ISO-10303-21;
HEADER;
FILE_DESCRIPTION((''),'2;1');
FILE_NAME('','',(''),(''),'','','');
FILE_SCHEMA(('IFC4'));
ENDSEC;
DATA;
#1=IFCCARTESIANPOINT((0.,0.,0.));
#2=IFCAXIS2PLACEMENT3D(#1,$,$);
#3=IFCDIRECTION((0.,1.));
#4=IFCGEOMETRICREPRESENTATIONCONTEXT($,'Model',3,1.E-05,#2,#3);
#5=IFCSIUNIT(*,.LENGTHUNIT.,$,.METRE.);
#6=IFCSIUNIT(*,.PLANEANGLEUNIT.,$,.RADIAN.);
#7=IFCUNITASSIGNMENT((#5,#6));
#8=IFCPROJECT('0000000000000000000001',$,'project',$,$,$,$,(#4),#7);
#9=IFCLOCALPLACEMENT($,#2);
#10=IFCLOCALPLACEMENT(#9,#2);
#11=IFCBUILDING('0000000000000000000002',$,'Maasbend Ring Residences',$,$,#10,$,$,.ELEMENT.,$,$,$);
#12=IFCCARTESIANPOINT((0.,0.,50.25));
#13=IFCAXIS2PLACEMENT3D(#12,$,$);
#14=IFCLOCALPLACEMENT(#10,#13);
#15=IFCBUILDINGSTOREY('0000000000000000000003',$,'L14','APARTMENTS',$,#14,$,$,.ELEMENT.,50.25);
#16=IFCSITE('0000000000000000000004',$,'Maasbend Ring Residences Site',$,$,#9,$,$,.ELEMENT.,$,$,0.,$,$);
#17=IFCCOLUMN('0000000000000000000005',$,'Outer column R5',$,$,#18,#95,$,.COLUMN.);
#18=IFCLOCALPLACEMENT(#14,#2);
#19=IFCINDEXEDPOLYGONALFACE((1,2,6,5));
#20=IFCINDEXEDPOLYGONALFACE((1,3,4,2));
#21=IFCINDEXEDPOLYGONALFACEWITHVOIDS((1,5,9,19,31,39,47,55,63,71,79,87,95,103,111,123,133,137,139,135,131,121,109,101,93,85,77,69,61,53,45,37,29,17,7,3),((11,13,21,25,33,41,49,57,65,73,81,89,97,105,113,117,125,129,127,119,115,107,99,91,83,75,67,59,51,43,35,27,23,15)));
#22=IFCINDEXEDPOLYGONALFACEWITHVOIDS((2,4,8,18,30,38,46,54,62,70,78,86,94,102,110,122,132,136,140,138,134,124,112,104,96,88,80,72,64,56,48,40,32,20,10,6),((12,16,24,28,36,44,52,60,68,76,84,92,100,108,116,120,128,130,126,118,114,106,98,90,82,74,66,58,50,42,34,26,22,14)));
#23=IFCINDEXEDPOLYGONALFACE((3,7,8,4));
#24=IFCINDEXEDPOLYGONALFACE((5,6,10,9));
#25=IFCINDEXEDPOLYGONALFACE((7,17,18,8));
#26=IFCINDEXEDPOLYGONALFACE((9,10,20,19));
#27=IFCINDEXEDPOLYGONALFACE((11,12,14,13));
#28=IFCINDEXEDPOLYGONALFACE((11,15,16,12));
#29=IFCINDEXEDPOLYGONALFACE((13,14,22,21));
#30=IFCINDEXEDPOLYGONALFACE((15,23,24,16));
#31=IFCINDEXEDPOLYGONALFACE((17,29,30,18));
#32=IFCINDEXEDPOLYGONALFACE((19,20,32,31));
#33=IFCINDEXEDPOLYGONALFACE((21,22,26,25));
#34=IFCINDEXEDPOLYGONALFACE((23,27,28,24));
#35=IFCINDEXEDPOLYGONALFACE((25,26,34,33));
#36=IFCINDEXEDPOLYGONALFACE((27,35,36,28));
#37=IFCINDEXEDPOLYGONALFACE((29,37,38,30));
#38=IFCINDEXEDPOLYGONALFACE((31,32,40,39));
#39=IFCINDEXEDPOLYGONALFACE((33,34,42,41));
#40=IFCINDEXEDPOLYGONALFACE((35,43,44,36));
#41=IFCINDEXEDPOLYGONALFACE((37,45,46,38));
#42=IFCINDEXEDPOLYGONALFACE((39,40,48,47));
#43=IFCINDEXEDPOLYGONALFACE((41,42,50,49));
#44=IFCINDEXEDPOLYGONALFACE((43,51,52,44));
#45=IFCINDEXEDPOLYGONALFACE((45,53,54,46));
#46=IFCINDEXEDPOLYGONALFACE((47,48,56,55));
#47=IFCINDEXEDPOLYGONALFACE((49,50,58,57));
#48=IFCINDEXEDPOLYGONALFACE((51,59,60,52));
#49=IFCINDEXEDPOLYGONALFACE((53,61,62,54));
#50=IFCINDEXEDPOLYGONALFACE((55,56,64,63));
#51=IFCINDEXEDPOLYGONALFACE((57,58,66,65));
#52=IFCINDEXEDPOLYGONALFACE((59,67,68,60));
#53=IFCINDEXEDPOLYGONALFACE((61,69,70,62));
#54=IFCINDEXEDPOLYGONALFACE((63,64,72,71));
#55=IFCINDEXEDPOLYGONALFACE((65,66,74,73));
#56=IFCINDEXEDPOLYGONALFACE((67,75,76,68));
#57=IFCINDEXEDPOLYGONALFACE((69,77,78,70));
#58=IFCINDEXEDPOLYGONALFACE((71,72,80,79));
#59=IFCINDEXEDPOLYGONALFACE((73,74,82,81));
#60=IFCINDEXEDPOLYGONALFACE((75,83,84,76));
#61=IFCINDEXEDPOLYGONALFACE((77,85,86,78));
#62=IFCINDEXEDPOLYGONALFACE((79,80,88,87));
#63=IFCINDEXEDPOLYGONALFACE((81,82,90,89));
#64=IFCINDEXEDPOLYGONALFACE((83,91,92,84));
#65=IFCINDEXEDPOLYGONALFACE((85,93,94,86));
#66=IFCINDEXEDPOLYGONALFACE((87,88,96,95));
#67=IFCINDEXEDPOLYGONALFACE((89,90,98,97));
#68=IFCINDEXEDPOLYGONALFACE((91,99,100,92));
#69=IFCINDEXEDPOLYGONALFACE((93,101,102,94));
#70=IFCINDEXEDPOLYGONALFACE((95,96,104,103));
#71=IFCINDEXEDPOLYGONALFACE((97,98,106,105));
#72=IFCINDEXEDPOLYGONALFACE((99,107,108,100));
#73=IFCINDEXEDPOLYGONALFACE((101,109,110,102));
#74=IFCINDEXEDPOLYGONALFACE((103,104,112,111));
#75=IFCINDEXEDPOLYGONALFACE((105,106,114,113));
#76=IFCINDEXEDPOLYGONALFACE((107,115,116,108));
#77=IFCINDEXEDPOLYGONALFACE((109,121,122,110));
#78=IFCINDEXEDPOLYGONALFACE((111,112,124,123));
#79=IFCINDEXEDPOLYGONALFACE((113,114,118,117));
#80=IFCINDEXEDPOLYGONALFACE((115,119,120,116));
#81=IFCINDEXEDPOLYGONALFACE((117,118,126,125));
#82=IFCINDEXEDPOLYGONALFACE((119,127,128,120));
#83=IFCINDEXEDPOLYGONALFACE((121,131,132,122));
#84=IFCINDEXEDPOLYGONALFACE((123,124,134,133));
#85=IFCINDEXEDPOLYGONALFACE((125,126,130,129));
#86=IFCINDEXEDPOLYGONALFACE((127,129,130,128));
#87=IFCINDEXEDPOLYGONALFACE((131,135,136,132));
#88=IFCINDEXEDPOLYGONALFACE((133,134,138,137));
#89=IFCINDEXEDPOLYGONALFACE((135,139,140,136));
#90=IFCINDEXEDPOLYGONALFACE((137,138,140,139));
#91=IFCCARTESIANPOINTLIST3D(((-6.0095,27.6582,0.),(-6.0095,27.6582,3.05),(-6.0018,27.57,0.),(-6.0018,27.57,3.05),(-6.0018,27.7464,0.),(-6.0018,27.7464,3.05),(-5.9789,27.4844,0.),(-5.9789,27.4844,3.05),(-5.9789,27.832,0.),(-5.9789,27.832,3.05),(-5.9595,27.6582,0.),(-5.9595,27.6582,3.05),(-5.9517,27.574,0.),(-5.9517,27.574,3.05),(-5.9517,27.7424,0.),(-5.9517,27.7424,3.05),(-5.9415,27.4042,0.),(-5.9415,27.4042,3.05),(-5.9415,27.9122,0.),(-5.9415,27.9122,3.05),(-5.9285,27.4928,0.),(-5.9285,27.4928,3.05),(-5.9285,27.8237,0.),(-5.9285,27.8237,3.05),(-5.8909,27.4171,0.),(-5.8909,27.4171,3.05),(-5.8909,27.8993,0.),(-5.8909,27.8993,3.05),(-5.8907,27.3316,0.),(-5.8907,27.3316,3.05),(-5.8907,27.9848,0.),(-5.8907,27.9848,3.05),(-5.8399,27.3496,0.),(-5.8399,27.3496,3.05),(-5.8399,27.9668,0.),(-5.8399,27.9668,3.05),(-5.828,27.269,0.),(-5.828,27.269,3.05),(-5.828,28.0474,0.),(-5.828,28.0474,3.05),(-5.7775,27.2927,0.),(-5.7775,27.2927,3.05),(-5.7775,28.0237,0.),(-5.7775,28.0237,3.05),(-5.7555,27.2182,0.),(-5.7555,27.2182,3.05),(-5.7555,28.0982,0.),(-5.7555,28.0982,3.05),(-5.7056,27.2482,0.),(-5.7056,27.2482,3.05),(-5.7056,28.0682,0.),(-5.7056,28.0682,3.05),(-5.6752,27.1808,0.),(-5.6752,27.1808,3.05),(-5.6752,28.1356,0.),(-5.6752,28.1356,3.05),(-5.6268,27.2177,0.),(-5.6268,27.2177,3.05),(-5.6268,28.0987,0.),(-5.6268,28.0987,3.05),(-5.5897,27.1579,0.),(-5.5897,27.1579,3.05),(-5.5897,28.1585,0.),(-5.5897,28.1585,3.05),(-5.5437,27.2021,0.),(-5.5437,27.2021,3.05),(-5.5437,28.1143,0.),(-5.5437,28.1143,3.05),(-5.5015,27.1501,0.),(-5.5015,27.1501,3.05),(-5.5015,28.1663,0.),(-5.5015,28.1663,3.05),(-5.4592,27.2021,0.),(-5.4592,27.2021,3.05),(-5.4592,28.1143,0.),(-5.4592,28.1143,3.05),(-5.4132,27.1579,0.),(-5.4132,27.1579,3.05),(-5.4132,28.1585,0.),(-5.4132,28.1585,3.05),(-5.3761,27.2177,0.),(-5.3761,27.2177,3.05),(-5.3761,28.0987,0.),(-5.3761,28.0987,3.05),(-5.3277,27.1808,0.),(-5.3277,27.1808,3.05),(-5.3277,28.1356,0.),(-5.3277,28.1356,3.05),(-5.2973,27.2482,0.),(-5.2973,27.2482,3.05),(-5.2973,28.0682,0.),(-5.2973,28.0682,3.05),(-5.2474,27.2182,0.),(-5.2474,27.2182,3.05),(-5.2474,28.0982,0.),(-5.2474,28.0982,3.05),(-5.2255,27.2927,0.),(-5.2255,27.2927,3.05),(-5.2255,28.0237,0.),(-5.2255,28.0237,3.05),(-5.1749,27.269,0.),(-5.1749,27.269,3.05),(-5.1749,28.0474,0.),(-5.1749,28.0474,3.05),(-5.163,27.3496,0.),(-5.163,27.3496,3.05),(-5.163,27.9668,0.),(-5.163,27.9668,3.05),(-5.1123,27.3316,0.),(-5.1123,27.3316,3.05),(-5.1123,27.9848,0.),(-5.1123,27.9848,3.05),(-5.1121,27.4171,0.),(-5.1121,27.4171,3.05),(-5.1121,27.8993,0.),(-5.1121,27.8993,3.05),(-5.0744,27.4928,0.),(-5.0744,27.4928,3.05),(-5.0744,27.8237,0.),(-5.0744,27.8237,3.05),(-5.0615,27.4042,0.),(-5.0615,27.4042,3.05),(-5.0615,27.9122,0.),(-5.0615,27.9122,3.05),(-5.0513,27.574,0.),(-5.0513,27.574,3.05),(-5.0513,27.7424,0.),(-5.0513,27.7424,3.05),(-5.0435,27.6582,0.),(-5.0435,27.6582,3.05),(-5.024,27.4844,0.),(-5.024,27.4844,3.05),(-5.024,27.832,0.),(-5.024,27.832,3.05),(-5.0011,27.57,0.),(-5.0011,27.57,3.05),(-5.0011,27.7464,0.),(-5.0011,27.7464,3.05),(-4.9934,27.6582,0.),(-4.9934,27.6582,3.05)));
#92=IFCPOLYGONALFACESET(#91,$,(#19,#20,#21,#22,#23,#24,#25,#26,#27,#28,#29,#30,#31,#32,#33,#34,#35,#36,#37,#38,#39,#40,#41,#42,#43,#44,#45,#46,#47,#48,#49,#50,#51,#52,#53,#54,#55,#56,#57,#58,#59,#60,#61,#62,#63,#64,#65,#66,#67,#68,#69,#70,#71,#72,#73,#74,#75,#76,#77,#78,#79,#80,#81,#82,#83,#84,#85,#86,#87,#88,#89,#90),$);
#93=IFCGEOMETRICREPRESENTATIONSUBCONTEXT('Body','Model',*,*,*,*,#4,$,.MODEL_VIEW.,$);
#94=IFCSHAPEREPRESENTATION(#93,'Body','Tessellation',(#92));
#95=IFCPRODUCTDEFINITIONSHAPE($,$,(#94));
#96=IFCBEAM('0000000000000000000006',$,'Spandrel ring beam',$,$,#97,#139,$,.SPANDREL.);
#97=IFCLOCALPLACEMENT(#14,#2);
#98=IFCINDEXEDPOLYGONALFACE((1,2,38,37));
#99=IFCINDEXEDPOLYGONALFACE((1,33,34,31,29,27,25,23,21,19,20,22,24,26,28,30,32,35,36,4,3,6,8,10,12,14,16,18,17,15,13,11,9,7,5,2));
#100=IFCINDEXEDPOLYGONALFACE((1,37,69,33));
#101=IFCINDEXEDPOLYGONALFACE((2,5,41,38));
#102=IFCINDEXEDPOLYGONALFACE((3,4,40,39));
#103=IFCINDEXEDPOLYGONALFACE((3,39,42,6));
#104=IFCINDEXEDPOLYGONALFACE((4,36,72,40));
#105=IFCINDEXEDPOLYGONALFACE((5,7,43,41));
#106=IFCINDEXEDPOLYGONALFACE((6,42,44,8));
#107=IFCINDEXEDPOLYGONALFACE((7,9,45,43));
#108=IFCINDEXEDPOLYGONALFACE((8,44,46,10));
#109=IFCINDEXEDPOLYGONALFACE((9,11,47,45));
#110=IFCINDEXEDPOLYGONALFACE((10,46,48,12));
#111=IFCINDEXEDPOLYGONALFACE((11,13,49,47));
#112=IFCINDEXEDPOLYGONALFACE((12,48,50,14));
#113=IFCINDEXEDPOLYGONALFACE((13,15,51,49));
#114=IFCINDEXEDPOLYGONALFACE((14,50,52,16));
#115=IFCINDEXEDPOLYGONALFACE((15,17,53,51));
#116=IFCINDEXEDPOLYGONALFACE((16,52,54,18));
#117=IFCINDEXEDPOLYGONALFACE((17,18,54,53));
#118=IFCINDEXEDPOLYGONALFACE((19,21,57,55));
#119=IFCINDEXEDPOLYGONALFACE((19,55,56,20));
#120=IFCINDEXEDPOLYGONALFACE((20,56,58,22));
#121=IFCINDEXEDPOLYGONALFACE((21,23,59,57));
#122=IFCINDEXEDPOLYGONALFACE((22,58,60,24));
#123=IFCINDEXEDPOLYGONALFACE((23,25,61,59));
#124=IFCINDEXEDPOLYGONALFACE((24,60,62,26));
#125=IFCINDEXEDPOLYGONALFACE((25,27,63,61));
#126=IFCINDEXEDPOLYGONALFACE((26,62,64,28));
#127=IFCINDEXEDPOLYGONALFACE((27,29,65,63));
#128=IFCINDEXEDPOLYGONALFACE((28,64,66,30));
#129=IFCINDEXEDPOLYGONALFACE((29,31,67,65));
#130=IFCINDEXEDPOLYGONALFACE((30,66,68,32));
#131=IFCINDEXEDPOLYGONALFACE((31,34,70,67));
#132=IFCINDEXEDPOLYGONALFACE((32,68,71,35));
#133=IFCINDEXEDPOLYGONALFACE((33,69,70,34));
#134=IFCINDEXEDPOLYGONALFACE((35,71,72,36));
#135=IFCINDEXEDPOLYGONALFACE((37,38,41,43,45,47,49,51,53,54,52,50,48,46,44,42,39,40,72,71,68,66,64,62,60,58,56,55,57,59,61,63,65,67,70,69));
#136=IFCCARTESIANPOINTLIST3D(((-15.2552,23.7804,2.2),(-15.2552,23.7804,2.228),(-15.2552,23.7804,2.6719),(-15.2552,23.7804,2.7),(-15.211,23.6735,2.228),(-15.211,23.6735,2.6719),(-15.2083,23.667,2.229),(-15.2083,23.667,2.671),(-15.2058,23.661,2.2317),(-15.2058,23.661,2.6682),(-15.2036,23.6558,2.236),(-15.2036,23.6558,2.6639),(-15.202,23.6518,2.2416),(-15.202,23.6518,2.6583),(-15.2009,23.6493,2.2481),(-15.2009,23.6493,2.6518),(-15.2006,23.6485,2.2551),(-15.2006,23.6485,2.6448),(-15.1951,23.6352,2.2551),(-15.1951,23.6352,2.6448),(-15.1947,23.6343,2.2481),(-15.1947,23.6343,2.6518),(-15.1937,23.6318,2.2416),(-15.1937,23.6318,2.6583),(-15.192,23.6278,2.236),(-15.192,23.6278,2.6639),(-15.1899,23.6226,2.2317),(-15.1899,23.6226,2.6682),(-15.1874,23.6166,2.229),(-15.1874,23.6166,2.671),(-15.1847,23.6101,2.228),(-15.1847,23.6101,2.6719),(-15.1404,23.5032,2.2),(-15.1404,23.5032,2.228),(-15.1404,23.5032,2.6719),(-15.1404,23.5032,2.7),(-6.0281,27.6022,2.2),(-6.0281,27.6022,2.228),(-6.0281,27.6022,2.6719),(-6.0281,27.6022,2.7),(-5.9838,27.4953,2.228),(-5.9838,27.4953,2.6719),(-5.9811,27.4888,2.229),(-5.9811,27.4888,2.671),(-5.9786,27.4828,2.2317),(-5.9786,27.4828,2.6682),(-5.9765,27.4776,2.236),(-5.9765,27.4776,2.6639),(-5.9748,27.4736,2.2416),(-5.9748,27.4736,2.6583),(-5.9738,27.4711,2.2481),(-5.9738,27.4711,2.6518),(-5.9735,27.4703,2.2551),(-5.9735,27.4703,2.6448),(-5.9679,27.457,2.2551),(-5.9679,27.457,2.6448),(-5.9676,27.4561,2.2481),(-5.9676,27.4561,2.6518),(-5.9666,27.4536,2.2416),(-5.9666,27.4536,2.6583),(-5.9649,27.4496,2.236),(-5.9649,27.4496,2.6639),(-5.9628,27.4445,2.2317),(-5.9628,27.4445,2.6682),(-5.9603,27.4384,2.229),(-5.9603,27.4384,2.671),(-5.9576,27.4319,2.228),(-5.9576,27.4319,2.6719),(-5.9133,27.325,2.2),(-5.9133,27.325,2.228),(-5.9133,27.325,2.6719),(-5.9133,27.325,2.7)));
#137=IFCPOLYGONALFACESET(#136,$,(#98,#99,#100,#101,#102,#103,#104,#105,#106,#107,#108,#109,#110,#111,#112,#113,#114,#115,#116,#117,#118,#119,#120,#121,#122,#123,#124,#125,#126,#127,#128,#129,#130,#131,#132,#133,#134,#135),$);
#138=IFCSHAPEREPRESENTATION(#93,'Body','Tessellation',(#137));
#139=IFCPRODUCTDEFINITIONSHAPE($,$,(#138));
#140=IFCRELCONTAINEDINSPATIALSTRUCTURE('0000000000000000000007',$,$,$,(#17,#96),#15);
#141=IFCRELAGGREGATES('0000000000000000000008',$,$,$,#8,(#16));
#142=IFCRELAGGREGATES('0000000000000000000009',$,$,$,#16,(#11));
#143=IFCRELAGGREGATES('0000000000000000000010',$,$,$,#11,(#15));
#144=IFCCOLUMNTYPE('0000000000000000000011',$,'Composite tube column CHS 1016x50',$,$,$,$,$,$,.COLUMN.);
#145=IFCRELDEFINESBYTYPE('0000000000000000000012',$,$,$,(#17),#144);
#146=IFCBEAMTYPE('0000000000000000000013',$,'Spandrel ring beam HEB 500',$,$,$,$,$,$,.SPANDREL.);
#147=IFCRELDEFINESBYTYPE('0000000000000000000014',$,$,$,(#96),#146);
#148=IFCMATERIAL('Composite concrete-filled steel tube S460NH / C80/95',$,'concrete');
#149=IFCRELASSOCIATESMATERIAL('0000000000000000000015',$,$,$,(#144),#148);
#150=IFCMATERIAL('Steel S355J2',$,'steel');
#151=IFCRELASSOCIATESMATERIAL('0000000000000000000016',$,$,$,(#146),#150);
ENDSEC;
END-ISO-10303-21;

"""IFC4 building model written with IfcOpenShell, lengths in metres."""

from ifc_helpers import new_model, si_unit, direction, frame, origin, origin_2d, place, context, subcontext, project, spatial, hollow_circle, i_section, extrude, material, material_profile, profile_set, type_object, element, save


model = new_model("IFC4")

# Units and contexts
model_context = context("Model", 3, precision=1e-05, world=origin(), true_north=direction((0.0, 1.0)))
body_context = subcontext(model_context, "Body", "Model", "MODEL_VIEW")
ifc_project = project(units=[si_unit("LENGTHUNIT", "METRE"), si_unit("PLANEANGLEUNIT", "RADIAN")], contexts=[model_context])

# Site, building, storey
site_placement = place(None, origin())
site = spatial("IfcSite", under=ifc_project, at=site_placement, Name="Maasbend Ring Residences Site", CompositionType="ELEMENT", RefElevation=0.0)
building_placement = place(site_placement, origin())
building = spatial("IfcBuilding", under=site, at=building_placement, Name="Maasbend Ring Residences", CompositionType="ELEMENT")
storey_placement = place(building_placement, frame((0.0, 0.0, 50.25)))
storey = spatial("IfcBuildingStorey", under=building, at=storey_placement, Name="L14", Description="APARTMENTS", CompositionType="ELEMENT", Elevation=50.25)

# Column
ifc_material_1 = material(Name="Composite concrete-filled steel tube S460NH / C80/95", Category="concrete")
ifc_material_profile_1 = material_profile(ifc_material_1, hollow_circle(Radius=0.5081, WallThickness=0.05, at=origin_2d()), Name="Composite tube column CHS 1016x50")
ifc_profile_set_1 = profile_set([ifc_material_profile_1], Name="Composite concrete-filled steel tube S460NH / C80/95")
column_type = type_object("IfcColumnType", Name="Composite tube column CHS 1016x50", PredefinedType="COLUMN", material=ifc_profile_set_1)
column_placement = place(storey_placement, frame((-5.5015, 27.6582, 0.0), z_axis=(0.0, 0.0, 1.0), x_axis=(1.0, 0.0, 0.0)))
element("IfcColumn", 1, at=column_placement, inside=storey, type_object=column_type, Name="Outer column R5", PredefinedType="COLUMN", context=body_context, shape_type="SweptSolid", body=[
    extrude(hollow_circle(Radius=0.5081, WallThickness=0.05, at=origin_2d()), origin(), (0.0, 0.0, 1.0), 3.05),
])

# Beam
ifc_material_2 = material(Name="Steel S355J2", Category="steel")
ifc_material_profile_2 = material_profile(ifc_material_2, i_section(OverallWidth=0.3, OverallDepth=0.5, WebThickness=0.0144, FlangeThickness=0.0281, FilletRadius=0.0271, at=origin_2d()), Name="HEB 500")
ifc_profile_set_2 = profile_set([ifc_material_profile_2], Name="Steel S355J2")
beam_type = type_object("IfcBeamType", Name="Spandrel ring beam HEB 500", PredefinedType="SPANDREL", material=ifc_profile_set_2)
beam_placement = place(storey_placement, frame((-5.9707, 27.4636, 2.45), z_axis=(-0.923886, -0.382667, 0.0), x_axis=(0.382667, -0.923886, 0.0)))
element("IfcBeam", 2, at=beam_placement, inside=storey, type_object=beam_type, Name="Spandrel ring beam", PredefinedType="SPANDREL", context=body_context, shape_type="SweptSolid", body=[
    extrude(i_section(OverallWidth=0.3, OverallDepth=0.5, WebThickness=0.0144, FlangeThickness=0.0281, FilletRadius=0.0271, at=origin_2d()), origin(), (0.0, 0.0, 1.0), 9.9873),
])

save(model, "model.ifc")
